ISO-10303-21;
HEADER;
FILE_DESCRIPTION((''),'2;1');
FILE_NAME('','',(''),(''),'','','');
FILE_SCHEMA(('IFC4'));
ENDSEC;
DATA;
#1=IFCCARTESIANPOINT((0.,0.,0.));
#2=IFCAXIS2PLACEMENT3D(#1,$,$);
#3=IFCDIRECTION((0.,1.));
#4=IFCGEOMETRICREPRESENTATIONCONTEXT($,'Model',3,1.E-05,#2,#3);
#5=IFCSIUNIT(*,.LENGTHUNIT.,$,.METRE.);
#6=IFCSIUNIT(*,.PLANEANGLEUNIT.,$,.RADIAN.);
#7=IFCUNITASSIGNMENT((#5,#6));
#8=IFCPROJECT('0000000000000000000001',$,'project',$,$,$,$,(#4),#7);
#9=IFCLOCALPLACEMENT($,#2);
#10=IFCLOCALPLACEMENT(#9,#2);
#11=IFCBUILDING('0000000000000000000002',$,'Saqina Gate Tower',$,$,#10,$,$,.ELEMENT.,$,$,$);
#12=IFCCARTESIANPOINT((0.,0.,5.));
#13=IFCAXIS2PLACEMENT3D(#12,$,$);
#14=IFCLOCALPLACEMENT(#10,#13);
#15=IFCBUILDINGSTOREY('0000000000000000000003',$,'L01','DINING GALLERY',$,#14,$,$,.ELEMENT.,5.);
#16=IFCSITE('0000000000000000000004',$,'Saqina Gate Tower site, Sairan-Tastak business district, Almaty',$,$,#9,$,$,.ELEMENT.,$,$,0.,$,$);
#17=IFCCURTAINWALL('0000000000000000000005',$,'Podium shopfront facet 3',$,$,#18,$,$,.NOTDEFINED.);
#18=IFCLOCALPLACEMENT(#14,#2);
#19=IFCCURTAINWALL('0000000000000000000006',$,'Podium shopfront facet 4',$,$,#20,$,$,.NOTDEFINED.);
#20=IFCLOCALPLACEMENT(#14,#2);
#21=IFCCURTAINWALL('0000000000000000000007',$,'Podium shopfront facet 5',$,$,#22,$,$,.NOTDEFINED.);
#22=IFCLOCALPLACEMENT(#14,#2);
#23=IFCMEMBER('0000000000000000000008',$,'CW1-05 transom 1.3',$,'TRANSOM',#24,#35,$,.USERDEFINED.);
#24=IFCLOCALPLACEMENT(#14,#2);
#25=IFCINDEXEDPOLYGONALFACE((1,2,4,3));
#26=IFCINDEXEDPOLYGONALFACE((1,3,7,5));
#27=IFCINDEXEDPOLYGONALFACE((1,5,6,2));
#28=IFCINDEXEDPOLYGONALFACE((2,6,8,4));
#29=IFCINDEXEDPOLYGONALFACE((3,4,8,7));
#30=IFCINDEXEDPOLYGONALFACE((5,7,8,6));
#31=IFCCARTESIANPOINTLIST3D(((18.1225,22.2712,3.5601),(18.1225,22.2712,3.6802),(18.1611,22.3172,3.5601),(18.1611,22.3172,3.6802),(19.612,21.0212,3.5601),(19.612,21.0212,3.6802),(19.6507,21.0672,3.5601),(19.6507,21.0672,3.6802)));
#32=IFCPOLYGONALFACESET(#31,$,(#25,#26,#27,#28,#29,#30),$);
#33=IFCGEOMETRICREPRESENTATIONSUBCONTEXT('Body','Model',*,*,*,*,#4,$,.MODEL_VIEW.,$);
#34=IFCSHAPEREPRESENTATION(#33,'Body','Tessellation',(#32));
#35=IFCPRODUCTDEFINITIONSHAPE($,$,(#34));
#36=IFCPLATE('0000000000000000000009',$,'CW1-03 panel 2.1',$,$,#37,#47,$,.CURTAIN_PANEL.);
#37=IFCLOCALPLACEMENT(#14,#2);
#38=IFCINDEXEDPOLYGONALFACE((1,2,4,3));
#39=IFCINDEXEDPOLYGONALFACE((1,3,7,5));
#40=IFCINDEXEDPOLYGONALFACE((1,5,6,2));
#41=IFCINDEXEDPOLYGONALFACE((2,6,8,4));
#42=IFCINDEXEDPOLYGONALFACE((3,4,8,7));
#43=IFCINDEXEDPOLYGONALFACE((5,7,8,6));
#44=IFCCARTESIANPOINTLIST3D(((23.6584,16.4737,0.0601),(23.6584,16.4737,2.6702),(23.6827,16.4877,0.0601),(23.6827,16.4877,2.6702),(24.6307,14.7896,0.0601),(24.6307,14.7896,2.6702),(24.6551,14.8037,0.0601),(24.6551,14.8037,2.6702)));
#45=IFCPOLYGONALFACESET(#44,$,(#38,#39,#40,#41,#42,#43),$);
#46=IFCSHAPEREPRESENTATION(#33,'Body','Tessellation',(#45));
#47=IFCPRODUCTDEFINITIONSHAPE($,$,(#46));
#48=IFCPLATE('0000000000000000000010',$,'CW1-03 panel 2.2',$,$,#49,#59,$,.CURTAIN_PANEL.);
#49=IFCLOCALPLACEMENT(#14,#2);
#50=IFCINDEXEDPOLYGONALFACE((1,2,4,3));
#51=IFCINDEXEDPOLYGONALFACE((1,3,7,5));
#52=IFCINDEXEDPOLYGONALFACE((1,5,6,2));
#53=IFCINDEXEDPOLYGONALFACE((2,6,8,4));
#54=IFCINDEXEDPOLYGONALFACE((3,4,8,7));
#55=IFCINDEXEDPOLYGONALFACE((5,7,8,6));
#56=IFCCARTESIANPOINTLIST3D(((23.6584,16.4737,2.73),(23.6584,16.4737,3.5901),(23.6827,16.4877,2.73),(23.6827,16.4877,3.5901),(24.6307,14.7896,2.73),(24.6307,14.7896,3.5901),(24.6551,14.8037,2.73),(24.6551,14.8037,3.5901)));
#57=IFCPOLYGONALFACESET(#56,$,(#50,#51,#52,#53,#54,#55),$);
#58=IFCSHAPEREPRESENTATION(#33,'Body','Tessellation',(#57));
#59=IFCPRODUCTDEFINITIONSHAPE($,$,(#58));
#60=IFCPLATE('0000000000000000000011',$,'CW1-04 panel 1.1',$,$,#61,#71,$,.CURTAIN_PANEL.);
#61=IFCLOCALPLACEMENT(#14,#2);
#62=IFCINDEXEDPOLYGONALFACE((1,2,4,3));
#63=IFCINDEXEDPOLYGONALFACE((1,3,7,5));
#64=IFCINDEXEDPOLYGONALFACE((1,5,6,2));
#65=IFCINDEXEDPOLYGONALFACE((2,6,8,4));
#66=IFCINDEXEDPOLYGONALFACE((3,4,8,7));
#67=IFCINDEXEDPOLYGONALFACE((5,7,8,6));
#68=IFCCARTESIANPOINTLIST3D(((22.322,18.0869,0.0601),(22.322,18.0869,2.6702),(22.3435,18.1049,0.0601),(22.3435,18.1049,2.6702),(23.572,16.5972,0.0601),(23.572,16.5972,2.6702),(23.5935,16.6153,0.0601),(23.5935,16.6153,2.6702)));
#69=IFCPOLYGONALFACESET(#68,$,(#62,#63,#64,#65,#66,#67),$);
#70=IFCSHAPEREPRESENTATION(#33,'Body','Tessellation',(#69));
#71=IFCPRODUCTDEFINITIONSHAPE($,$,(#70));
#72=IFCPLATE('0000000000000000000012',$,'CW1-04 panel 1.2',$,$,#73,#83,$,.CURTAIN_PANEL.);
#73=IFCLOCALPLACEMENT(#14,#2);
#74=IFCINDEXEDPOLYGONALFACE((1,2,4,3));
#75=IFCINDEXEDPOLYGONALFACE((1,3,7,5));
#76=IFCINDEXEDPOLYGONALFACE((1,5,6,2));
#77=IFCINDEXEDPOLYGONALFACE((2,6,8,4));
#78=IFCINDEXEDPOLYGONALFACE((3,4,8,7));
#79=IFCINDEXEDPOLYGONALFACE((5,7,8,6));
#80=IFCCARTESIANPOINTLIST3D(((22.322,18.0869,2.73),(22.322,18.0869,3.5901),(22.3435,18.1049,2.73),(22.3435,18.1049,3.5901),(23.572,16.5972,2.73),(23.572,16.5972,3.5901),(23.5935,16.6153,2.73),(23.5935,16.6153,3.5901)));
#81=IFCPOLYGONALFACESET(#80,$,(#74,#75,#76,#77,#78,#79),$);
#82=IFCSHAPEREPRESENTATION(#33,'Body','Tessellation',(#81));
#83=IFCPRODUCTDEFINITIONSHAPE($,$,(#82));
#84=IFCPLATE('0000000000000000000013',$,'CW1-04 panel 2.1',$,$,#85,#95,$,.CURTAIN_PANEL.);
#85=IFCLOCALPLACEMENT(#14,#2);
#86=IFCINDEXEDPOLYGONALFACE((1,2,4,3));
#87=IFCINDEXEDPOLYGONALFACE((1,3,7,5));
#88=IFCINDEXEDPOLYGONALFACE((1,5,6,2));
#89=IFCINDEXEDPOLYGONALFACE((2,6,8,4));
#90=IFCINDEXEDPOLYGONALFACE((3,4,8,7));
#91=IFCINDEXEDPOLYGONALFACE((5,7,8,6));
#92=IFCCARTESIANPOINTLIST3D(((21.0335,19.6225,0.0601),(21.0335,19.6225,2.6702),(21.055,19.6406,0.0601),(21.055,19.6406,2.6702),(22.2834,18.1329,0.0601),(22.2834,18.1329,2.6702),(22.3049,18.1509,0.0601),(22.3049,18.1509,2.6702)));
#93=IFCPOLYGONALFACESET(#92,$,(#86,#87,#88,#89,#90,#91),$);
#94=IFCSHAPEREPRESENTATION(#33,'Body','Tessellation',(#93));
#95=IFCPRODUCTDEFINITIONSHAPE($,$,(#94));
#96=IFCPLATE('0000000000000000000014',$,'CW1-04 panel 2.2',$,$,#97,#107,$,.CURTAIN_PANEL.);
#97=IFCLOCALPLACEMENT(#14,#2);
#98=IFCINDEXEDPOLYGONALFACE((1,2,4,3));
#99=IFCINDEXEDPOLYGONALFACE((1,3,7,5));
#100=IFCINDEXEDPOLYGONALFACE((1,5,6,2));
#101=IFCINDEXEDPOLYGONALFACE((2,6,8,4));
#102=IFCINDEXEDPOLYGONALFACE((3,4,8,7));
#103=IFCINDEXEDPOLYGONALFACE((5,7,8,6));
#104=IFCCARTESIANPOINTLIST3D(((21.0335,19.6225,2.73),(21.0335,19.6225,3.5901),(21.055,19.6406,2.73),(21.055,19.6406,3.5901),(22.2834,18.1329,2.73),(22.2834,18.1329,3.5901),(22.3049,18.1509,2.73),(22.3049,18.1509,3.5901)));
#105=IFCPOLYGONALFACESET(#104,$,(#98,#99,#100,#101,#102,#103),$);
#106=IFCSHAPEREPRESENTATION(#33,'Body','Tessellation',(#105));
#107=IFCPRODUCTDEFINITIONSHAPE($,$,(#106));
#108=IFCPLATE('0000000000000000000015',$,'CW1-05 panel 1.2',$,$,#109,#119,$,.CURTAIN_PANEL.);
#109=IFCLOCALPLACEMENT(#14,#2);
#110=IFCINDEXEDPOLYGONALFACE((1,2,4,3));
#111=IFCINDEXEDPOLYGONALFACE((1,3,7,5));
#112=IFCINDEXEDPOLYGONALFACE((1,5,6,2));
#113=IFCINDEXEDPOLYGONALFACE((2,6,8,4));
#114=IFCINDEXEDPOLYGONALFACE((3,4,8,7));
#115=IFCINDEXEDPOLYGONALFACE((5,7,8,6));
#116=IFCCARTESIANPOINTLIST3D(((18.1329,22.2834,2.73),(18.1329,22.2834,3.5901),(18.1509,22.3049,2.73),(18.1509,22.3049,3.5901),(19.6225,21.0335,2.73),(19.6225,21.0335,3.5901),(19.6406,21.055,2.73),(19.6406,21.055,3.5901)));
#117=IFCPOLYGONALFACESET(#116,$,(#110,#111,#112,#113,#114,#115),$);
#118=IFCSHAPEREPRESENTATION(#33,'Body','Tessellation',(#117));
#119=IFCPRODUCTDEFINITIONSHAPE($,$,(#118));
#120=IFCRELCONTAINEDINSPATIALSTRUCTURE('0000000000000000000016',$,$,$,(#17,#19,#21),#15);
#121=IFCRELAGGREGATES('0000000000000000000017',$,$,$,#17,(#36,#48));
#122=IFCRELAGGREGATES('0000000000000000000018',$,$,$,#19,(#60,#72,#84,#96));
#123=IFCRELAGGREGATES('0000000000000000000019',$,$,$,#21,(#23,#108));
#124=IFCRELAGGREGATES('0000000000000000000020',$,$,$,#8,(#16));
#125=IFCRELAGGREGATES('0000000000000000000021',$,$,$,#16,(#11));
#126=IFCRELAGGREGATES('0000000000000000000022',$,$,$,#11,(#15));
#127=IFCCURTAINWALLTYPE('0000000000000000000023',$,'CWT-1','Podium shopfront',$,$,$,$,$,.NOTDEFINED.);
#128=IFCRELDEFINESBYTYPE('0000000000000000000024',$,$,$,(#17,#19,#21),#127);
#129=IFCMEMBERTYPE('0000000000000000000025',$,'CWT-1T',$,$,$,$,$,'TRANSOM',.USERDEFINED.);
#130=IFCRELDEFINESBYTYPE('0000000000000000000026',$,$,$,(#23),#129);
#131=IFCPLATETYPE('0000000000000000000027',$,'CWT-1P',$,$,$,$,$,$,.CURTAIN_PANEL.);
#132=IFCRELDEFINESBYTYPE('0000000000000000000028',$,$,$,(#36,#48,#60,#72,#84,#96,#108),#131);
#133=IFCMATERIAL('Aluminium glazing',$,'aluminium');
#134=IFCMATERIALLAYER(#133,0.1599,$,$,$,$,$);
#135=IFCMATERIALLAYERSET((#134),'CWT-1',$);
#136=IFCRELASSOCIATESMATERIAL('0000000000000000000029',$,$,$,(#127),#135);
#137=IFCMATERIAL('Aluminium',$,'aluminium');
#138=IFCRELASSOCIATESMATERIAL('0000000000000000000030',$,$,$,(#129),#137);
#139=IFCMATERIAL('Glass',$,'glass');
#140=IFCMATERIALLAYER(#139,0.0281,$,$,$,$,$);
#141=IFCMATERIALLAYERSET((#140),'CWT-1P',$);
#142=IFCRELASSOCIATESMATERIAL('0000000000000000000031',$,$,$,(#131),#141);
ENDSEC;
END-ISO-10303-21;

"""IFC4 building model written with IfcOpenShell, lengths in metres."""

from ifc_helpers import new_model, si_unit, direction, frame, origin, origin_2d, place, context, subcontext, project, spatial, rectangle, extrude, material, layer, layer_set, material_profile, profile_set, type_object, element, aggregate, save


model = new_model("IFC4")

# Units and contexts
model_context = context("Model", 3, precision=1e-05, world=origin(), true_north=direction((0.0, 1.0)))
body_context = subcontext(model_context, "Body", "Model", "MODEL_VIEW")
ifc_project = project(units=[si_unit("LENGTHUNIT", "METRE"), si_unit("PLANEANGLEUNIT", "RADIAN")], contexts=[model_context])

# Site, building, storey
site_placement = place(None, origin())
site = spatial("IfcSite", under=ifc_project, at=site_placement, Name="Saqina Gate Tower site, Sairan-Tastak business district, Almaty", CompositionType="ELEMENT", RefElevation=0.0)
building_placement = place(site_placement, origin())
building = spatial("IfcBuilding", under=site, at=building_placement, Name="Saqina Gate Tower", CompositionType="ELEMENT")
storey_placement = place(building_placement, frame((0.0, 0.0, 5.0)))
storey = spatial("IfcBuildingStorey", under=building, at=storey_placement, Name="L01", Description="DINING GALLERY", CompositionType="ELEMENT", Elevation=5.0)

# Curtain wall
ifc_material_1 = material(Name="Aluminium glazing", Category="aluminium")
ifc_layer_1 = layer(ifc_material_1, 0.1599)
ifc_layer_set_1 = layer_set([ifc_layer_1], Name="CWT-1")
curtain_wall_type = type_object("IfcCurtainWallType", Name="CWT-1", Description="Podium shopfront", PredefinedType="NOTDEFINED", material=ifc_layer_set_1)
curtain_wall_1_placement = place(storey_placement, origin())
curtain_wall_1 = element("IfcCurtainWall", 1, at=curtain_wall_1_placement, inside=storey, type_object=curtain_wall_type, Name="Podium shopfront facet 3", PredefinedType="NOTDEFINED")

# Curtain wall
curtain_wall_2_placement = place(storey_placement, origin())
curtain_wall_2 = element("IfcCurtainWall", 2, at=curtain_wall_2_placement, inside=storey, type_object=curtain_wall_type, Name="Podium shopfront facet 4", PredefinedType="NOTDEFINED")

# Curtain wall
curtain_wall_3_placement = place(storey_placement, origin())
curtain_wall_3 = element("IfcCurtainWall", 3, at=curtain_wall_3_placement, inside=storey, type_object=curtain_wall_type, Name="Podium shopfront facet 5", PredefinedType="NOTDEFINED")

# Member
ifc_material_2 = material(Name="Aluminium", Category="aluminium")
ifc_material_profile_1 = material_profile(ifc_material_2, rectangle(XDim=0.0601, YDim=0.1201, at=origin_2d()), Name="Aluminium 60x120")
ifc_profile_set_1 = profile_set([ifc_material_profile_1], Name="Aluminium")
member_type_1 = type_object("IfcMemberType", Name="CWT-1T", ElementType="TRANSOM", PredefinedType="USERDEFINED", material=ifc_profile_set_1)
member_1_placement = place(storey_placement, frame((19.6313, 21.0442, 3.6201), z_axis=(-0.766004, 0.642836, 0.0), x_axis=(-0.642836, -0.766004, 0.0)))
member_1 = element("IfcMember", 4, at=member_1_placement, type_object=member_type_1, Name="CW1-05 transom 1.3", ObjectType="TRANSOM", PredefinedType="USERDEFINED", context=body_context, shape_type="SweptSolid", body=[
    extrude(rectangle(XDim=0.0601, YDim=0.1201, at=origin_2d()), origin(), (0.0, 0.0, 1.0), 1.9446),
])

# Plates
ifc_material_3 = material(Name="Glass", Category="glass")
ifc_layer_2 = layer(ifc_material_3, 0.0281)
ifc_layer_set_2 = layer_set([ifc_layer_2], Name="CWT-1P")
plate_type = type_object("IfcPlateType", Name="CWT-1P", PredefinedType="CURTAIN_PANEL", material=ifc_layer_set_2)
plate_1_placement = place(storey_placement, frame((24.1567, 15.6387, 0.0601), z_axis=(0.0, 0.0, 1.0), x_axis=(-0.500014, 0.866017, 0.0)))
plate_1 = element("IfcPlate", 5, at=plate_1_placement, type_object=plate_type, Name="CW1-03 panel 2.1", PredefinedType="CURTAIN_PANEL", context=body_context, shape_type="SweptSolid", body=[
    extrude(rectangle(XDim=1.9446, YDim=0.0281, at=origin_2d()), origin(), (0.0, 0.0, 1.0), 2.6101),
])
plate_2_placement = place(storey_placement, frame((24.1567, 15.6387, 2.73), z_axis=(0.0, 0.0, 1.0), x_axis=(-0.500014, 0.866017, 0.0)))
plate_2 = element("IfcPlate", 6, at=plate_2_placement, type_object=plate_type, Name="CW1-03 panel 2.2", PredefinedType="CURTAIN_PANEL", context=body_context, shape_type="SweptSolid", body=[
    extrude(rectangle(XDim=1.9446, YDim=0.0281, at=origin_2d()), origin(), (0.0, 0.0, 1.0), 0.8601),
])
aggregate(curtain_wall_1, [plate_1, plate_2])
plate_3_placement = place(storey_placement, frame((22.9578, 17.3511, 0.0601), z_axis=(0.0, 0.0, 1.0), x_axis=(-0.642779, 0.766051, 0.0)))
plate_3 = element("IfcPlate", 7, at=plate_3_placement, type_object=plate_type, Name="CW1-04 panel 1.1", PredefinedType="CURTAIN_PANEL", context=body_context, shape_type="SweptSolid", body=[
    extrude(rectangle(XDim=1.9446, YDim=0.0281, at=origin_2d()), origin(), (0.0, 0.0, 1.0), 2.6101),
])
plate_4_placement = place(storey_placement, frame((22.9578, 17.3511, 2.73), z_axis=(0.0, 0.0, 1.0), x_axis=(-0.642779, 0.766051, 0.0)))
plate_4 = element("IfcPlate", 8, at=plate_4_placement, type_object=plate_type, Name="CW1-04 panel 1.2", PredefinedType="CURTAIN_PANEL", context=body_context, shape_type="SweptSolid", body=[
    extrude(rectangle(XDim=1.9446, YDim=0.0281, at=origin_2d()), origin(), (0.0, 0.0, 1.0), 0.8601),
])
plate_5_placement = place(storey_placement, frame((21.6692, 18.8867, 0.0601), z_axis=(0.0, 0.0, 1.0), x_axis=(-0.642779, 0.766051, 0.0)))
plate_5 = element("IfcPlate", 9, at=plate_5_placement, type_object=plate_type, Name="CW1-04 panel 2.1", PredefinedType="CURTAIN_PANEL", context=body_context, shape_type="SweptSolid", body=[
    extrude(rectangle(XDim=1.9446, YDim=0.0281, at=origin_2d()), origin(), (0.0, 0.0, 1.0), 2.6101),
])
plate_6_placement = place(storey_placement, frame((21.6692, 18.8867, 2.73), z_axis=(0.0, 0.0, 1.0), x_axis=(-0.642779, 0.766051, 0.0)))
plate_6 = element("IfcPlate", 10, at=plate_6_placement, type_object=plate_type, Name="CW1-04 panel 2.2", PredefinedType="CURTAIN_PANEL", context=body_context, shape_type="SweptSolid", body=[
    extrude(rectangle(XDim=1.9446, YDim=0.0281, at=origin_2d()), origin(), (0.0, 0.0, 1.0), 0.8601),
])
aggregate(curtain_wall_2, [plate_3, plate_4, plate_5, plate_6])
plate_7_placement = place(storey_placement, frame((18.8867, 21.6692, 2.73), z_axis=(0.0, 0.0, 1.0), x_axis=(-0.766051, 0.642779, 0.0)))
plate_7 = element("IfcPlate", 11, at=plate_7_placement, type_object=plate_type, Name="CW1-05 panel 1.2", PredefinedType="CURTAIN_PANEL", context=body_context, shape_type="SweptSolid", body=[
    extrude(rectangle(XDim=1.9446, YDim=0.0281, at=origin_2d()), origin(), (0.0, 0.0, 1.0), 0.8601),
])
aggregate(curtain_wall_3, [member_1, plate_7])

save(model, "model.ifc")
